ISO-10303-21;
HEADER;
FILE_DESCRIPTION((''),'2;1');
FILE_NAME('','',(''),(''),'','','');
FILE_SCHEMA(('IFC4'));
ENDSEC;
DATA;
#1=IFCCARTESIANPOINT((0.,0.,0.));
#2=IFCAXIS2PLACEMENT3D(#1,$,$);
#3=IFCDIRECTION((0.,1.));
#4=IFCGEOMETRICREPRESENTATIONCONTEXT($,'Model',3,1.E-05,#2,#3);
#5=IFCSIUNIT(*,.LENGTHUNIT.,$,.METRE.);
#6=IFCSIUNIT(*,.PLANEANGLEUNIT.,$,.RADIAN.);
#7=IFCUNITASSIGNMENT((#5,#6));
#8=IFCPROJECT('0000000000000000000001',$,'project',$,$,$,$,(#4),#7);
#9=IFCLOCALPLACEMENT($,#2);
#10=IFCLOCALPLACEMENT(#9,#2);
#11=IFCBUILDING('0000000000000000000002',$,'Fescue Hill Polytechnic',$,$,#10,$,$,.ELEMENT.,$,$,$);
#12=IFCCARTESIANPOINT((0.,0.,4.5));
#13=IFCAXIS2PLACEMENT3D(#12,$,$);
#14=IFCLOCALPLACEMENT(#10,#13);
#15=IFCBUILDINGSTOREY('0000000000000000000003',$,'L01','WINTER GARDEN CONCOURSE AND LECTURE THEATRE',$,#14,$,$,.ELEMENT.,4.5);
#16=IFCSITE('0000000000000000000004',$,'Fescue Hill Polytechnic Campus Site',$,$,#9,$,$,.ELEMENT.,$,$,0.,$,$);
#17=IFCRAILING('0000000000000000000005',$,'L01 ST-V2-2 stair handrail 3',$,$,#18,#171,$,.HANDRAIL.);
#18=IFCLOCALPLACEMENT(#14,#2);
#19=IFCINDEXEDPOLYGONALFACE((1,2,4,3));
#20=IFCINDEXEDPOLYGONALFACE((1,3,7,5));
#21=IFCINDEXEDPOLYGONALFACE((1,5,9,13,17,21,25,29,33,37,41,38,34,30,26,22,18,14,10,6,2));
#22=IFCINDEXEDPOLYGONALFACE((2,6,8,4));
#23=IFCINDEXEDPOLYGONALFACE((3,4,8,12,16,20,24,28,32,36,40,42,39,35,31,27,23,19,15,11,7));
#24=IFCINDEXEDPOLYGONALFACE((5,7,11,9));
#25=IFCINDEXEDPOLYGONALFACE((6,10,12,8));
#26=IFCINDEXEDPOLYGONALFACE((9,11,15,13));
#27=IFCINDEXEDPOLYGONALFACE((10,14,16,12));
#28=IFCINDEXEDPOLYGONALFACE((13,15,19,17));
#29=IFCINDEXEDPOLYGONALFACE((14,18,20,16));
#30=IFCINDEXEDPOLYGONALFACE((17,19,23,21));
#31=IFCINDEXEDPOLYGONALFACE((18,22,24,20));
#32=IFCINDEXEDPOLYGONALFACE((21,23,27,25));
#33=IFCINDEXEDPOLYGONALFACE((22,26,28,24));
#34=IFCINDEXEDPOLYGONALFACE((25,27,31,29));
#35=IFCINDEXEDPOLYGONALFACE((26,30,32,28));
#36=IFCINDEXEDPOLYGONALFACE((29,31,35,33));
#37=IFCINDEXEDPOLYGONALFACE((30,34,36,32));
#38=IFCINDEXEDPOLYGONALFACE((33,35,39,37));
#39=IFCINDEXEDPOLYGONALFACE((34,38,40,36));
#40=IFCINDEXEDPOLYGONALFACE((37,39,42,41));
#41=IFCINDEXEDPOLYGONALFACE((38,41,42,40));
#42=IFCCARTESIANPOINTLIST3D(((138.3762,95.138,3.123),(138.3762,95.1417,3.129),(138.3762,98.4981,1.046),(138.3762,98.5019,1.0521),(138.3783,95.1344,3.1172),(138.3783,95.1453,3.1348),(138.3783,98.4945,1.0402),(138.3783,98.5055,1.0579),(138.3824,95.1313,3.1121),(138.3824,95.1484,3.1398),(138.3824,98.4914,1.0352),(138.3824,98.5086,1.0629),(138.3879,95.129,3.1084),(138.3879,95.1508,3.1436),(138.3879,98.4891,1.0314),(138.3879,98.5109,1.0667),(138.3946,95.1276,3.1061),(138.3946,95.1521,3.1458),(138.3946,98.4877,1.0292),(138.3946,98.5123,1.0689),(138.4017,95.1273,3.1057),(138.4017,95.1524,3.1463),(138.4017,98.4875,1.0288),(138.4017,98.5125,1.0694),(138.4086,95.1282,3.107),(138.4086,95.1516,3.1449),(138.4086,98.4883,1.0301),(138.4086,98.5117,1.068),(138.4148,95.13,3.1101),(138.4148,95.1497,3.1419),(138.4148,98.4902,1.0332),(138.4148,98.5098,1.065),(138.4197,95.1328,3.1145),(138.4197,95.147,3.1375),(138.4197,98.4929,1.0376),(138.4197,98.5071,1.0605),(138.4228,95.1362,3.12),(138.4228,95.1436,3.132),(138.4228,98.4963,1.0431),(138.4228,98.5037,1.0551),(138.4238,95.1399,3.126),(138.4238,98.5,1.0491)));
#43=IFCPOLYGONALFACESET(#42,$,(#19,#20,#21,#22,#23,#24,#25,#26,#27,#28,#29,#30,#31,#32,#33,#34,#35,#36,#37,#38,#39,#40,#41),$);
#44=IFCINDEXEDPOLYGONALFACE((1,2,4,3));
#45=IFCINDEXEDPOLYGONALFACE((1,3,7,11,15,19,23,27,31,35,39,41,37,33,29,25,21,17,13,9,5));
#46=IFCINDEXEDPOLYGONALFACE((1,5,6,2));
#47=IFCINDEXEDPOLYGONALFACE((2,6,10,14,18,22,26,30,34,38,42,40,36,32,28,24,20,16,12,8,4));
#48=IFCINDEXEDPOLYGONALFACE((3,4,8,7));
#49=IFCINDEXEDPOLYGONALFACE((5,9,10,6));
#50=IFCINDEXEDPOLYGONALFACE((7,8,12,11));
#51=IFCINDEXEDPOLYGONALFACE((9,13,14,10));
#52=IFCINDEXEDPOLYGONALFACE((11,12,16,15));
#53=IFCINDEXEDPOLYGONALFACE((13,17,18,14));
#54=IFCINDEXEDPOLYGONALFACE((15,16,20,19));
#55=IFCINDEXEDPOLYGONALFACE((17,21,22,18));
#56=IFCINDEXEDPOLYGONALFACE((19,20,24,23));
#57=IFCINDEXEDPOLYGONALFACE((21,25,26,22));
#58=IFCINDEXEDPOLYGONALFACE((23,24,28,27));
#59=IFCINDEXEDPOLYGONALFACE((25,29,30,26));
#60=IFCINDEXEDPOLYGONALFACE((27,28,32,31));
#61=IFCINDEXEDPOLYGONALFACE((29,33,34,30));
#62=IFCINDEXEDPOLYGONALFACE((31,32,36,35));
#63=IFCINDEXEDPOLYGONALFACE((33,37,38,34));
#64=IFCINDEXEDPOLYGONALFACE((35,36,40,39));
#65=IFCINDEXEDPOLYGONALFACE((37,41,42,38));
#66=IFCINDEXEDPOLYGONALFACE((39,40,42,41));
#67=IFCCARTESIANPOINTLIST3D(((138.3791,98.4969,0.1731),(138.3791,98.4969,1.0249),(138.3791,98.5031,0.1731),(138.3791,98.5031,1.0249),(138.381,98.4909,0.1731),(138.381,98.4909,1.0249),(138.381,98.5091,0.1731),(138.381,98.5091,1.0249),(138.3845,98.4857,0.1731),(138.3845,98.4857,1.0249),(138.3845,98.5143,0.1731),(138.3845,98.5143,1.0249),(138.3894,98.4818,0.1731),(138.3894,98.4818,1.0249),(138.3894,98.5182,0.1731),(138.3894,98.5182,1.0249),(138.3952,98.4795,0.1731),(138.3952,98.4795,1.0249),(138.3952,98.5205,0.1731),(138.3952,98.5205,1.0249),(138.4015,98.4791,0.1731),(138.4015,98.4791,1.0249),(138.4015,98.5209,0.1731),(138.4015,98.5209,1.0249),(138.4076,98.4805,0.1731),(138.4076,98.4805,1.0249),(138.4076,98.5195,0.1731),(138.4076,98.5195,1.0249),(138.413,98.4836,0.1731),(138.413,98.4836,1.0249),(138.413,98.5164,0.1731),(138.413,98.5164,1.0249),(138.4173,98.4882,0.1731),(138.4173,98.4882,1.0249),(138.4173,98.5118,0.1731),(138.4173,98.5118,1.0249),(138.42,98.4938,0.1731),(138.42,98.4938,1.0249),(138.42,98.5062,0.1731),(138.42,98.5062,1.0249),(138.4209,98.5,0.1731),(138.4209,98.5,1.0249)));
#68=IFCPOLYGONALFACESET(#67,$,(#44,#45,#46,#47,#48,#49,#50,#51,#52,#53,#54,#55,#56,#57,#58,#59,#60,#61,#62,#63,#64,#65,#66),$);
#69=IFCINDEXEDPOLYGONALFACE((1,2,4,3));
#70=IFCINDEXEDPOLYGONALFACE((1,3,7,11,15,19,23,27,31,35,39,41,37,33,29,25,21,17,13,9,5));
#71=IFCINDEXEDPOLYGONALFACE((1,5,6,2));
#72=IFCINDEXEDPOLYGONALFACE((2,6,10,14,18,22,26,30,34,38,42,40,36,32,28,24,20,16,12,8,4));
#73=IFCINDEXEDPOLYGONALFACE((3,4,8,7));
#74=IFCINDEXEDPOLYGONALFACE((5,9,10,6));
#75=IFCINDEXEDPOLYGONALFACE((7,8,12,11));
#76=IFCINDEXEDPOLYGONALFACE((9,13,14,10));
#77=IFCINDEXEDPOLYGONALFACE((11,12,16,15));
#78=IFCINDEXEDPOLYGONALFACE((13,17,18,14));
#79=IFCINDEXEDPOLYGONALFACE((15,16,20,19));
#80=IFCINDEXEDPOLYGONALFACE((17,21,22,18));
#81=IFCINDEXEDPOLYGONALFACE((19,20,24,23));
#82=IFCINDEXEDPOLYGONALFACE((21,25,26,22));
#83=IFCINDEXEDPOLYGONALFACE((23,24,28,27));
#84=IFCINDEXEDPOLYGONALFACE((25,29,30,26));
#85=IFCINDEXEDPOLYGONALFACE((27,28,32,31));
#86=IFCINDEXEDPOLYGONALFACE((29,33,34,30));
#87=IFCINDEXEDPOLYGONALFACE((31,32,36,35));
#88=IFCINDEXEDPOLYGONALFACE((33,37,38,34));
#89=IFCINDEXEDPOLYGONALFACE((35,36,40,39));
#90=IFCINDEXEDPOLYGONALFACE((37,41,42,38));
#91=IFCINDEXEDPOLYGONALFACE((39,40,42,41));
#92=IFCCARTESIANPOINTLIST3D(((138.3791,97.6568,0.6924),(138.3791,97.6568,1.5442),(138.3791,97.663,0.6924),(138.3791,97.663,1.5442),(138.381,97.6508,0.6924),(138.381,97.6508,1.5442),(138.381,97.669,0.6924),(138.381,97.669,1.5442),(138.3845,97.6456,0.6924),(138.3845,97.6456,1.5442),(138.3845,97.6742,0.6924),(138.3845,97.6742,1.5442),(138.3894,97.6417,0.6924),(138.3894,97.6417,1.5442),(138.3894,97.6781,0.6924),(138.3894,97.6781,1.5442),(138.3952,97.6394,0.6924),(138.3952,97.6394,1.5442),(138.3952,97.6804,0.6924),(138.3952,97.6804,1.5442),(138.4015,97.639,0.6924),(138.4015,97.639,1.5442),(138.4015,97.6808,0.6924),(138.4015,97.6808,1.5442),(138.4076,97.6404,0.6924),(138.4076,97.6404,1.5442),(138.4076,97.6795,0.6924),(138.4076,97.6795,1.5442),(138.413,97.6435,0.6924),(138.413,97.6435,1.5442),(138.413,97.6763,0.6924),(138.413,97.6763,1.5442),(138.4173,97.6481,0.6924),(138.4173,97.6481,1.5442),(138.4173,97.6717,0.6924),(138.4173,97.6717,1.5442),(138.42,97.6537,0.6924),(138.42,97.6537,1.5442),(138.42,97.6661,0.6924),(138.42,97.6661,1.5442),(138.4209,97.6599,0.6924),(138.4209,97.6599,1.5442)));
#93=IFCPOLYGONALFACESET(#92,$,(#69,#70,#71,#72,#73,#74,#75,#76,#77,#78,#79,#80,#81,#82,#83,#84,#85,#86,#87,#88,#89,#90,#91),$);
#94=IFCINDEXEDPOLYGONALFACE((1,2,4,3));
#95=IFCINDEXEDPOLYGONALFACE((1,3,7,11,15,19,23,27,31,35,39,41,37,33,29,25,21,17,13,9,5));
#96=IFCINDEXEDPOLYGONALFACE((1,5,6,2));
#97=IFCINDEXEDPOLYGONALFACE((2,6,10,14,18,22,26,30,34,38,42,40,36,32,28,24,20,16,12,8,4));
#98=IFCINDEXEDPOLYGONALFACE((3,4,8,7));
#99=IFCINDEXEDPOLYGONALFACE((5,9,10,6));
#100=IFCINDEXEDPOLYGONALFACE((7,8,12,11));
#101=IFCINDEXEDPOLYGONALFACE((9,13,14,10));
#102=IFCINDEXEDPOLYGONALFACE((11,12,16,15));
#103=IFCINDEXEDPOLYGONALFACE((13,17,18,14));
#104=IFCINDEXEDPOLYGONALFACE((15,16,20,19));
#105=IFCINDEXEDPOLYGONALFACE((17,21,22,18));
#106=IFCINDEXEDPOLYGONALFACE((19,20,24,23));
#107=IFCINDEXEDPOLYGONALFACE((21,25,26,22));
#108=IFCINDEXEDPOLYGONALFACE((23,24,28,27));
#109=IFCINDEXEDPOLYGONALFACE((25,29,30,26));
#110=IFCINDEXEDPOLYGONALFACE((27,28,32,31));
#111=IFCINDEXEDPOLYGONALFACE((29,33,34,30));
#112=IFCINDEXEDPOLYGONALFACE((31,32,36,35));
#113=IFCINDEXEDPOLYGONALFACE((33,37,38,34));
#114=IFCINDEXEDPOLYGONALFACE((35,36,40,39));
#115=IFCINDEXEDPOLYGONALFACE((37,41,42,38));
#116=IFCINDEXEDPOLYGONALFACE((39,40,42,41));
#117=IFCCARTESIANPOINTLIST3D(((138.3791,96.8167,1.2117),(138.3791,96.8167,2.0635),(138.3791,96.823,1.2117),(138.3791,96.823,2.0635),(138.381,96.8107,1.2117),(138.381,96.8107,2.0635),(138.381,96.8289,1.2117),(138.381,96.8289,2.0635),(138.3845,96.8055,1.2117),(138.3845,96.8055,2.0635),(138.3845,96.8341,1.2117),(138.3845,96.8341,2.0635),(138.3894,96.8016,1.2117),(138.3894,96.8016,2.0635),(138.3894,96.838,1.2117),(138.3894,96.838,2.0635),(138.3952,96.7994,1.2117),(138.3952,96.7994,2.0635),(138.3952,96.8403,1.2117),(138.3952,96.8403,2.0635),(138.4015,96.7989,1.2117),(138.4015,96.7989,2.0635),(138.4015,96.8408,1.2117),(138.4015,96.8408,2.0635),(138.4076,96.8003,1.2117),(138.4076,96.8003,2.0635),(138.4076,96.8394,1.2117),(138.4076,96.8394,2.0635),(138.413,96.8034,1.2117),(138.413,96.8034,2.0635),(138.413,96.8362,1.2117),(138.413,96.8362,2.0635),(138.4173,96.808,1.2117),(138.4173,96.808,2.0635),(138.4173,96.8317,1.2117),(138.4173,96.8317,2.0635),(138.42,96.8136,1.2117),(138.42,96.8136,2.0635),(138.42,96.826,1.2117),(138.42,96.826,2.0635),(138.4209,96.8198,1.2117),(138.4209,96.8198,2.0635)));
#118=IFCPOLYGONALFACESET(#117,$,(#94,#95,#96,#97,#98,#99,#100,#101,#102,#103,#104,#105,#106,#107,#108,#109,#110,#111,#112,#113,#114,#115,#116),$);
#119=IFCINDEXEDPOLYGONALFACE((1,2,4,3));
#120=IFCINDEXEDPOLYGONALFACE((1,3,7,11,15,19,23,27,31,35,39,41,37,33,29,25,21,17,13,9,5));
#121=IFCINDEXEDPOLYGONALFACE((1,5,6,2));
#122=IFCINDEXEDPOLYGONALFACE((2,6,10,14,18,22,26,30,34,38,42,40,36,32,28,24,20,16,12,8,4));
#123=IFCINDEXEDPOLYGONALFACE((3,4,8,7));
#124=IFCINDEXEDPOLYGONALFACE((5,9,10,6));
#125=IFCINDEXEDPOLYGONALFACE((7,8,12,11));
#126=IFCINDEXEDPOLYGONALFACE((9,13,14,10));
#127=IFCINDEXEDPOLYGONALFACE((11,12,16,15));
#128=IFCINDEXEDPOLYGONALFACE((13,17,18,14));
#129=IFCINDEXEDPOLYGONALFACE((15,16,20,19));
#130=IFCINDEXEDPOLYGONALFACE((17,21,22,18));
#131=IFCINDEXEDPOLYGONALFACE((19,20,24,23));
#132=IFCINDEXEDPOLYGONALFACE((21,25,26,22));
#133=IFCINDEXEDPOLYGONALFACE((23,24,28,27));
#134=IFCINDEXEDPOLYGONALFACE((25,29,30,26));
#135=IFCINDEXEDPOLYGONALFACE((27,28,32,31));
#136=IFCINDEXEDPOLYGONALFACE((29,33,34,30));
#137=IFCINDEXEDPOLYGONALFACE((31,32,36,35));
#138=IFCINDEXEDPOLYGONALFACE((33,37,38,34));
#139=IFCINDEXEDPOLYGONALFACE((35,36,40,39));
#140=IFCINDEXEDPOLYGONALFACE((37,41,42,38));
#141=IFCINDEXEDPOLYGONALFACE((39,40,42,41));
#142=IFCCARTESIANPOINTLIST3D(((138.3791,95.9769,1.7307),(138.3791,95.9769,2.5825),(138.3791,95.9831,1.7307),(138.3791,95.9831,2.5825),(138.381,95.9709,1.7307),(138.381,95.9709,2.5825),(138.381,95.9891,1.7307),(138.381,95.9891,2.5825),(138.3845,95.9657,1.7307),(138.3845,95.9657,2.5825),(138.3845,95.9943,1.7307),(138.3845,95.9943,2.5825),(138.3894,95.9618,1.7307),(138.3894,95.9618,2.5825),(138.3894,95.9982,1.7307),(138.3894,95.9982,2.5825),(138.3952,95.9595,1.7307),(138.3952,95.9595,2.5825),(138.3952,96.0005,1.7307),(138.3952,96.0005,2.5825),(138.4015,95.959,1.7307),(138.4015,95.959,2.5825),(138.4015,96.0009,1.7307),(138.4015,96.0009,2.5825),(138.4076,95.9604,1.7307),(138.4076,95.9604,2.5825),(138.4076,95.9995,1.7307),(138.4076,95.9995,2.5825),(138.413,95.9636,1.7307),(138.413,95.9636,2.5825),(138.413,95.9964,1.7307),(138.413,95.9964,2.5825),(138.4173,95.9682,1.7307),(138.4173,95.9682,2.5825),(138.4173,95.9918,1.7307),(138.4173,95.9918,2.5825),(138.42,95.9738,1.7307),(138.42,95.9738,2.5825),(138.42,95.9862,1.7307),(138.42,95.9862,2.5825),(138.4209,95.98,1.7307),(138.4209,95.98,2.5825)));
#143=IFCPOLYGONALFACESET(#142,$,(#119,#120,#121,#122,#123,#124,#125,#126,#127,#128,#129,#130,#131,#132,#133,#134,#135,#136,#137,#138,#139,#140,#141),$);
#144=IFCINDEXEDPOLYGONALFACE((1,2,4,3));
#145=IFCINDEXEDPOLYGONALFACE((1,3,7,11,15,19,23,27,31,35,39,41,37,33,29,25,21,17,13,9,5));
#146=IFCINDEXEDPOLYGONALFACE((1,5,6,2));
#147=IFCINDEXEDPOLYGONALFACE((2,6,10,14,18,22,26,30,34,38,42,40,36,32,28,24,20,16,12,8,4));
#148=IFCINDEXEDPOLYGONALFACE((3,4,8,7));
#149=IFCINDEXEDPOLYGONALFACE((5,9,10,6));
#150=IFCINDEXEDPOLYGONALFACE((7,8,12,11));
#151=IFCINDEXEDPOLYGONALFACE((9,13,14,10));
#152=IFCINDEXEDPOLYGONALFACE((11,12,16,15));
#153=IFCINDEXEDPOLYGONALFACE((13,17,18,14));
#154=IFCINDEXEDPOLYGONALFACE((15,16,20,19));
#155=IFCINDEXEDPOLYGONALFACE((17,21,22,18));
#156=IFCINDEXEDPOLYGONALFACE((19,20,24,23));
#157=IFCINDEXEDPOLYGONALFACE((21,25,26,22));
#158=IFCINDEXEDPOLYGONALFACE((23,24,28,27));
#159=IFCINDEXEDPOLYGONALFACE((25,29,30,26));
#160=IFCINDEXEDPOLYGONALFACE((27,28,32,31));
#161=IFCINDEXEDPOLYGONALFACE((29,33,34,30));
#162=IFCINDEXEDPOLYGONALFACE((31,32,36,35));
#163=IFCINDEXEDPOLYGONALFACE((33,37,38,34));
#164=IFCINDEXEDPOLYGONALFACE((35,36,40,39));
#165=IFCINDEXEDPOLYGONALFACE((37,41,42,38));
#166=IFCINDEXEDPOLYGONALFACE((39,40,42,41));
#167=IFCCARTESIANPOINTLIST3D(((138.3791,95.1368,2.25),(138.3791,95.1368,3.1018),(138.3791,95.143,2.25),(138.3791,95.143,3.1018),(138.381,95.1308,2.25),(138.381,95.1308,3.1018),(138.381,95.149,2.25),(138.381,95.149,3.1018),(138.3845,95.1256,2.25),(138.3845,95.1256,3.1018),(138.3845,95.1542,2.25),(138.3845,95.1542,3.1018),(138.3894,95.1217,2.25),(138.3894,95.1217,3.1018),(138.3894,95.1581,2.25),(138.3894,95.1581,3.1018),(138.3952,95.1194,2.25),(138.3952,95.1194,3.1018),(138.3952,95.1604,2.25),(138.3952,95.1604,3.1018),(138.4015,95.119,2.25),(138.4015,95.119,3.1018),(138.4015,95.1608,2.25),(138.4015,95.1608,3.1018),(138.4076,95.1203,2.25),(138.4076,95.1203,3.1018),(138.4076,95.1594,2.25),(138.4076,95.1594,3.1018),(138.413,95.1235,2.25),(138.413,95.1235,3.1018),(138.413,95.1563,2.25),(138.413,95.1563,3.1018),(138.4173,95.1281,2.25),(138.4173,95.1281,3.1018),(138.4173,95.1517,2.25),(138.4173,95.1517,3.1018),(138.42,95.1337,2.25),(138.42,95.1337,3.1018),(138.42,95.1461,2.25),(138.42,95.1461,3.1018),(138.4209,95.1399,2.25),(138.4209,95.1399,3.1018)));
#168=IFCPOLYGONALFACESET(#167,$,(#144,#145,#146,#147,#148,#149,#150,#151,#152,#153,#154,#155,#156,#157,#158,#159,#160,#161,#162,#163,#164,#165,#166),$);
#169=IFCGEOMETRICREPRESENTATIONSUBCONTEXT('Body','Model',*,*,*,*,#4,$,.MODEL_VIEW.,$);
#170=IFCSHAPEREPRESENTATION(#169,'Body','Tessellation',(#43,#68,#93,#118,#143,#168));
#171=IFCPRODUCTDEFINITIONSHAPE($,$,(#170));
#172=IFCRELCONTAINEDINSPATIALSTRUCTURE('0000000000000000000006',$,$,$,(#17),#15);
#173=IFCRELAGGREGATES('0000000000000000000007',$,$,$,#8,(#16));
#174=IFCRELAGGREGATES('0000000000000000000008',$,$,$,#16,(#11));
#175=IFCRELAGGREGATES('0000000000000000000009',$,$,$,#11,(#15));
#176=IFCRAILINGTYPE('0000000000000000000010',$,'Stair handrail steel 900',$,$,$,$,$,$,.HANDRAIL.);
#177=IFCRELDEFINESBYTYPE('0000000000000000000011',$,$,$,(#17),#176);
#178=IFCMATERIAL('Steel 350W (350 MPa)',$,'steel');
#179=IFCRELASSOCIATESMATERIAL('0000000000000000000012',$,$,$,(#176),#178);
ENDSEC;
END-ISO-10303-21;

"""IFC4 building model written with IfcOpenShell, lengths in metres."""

from ifc_helpers import new_model, si_unit, direction, frame, origin, origin_2d, place, context, subcontext, project, spatial, circle, extrude, material, type_object, element, save


model = new_model("IFC4")

# Units and contexts
model_context = context("Model", 3, precision=1e-05, world=origin(), true_north=direction((0.0, 1.0)))
body_context = subcontext(model_context, "Body", "Model", "MODEL_VIEW")
ifc_project = project(units=[si_unit("LENGTHUNIT", "METRE"), si_unit("PLANEANGLEUNIT", "RADIAN")], contexts=[model_context])

# Site, building, storey
site_placement = place(None, origin())
site = spatial("IfcSite", under=ifc_project, at=site_placement, Name="Fescue Hill Polytechnic Campus Site", CompositionType="ELEMENT", RefElevation=0.0)
building_placement = place(site_placement, origin())
building = spatial("IfcBuilding", under=site, at=building_placement, Name="Fescue Hill Polytechnic", CompositionType="ELEMENT")
storey_placement = place(building_placement, frame((0.0, 0.0, 4.5)))
storey = spatial("IfcBuildingStorey", under=building, at=storey_placement, Name="L01", Description="WINTER GARDEN CONCOURSE AND LECTURE THEATRE", CompositionType="ELEMENT", Elevation=4.5)

# Railing
ifc_material_1 = material(Name="Steel 350W (350 MPa)", Category="steel")
railing_type_1 = type_object("IfcRailingType", Name="Stair handrail steel 900", PredefinedType="HANDRAIL", material=ifc_material_1)
railing_1_placement = place(storey_placement, frame((138.3999, 98.5, 0.1731)))
element("IfcRailing", 1, at=railing_1_placement, inside=storey, type_object=railing_type_1, Name="L01 ST-V2-2 stair handrail 3", PredefinedType="HANDRAIL", context=body_context, shape_type="SweptSolid", body=[
    extrude(circle(Radius=0.0239, at=origin_2d()), frame((0.0, 0.0, 0.876), z_axis=(0.0, -0.850623, 0.525776), x_axis=(1.0, 0.0, 0.0)), (0.0, 0.0, 1.0), 3.9502),
    extrude(circle(Radius=0.021, at=origin_2d()), origin(), (0.0, 0.0, 1.0), 0.8518),
    extrude(circle(Radius=0.021, at=origin_2d()), frame((0.0, -0.8401, 0.5193)), (0.0, 0.0, 1.0), 0.8518),
    extrude(circle(Radius=0.021, at=origin_2d()), frame((0.0, -1.6802, 1.0386)), (0.0, 0.0, 1.0), 0.8518),
    extrude(circle(Radius=0.021, at=origin_2d()), frame((0.0, -2.52, 1.5576)), (0.0, 0.0, 1.0), 0.8518),
    extrude(circle(Radius=0.021, at=origin_2d()), frame((0.0, -3.3601, 2.0769)), (0.0, 0.0, 1.0), 0.8518),
])

save(model, "model.ifc")
